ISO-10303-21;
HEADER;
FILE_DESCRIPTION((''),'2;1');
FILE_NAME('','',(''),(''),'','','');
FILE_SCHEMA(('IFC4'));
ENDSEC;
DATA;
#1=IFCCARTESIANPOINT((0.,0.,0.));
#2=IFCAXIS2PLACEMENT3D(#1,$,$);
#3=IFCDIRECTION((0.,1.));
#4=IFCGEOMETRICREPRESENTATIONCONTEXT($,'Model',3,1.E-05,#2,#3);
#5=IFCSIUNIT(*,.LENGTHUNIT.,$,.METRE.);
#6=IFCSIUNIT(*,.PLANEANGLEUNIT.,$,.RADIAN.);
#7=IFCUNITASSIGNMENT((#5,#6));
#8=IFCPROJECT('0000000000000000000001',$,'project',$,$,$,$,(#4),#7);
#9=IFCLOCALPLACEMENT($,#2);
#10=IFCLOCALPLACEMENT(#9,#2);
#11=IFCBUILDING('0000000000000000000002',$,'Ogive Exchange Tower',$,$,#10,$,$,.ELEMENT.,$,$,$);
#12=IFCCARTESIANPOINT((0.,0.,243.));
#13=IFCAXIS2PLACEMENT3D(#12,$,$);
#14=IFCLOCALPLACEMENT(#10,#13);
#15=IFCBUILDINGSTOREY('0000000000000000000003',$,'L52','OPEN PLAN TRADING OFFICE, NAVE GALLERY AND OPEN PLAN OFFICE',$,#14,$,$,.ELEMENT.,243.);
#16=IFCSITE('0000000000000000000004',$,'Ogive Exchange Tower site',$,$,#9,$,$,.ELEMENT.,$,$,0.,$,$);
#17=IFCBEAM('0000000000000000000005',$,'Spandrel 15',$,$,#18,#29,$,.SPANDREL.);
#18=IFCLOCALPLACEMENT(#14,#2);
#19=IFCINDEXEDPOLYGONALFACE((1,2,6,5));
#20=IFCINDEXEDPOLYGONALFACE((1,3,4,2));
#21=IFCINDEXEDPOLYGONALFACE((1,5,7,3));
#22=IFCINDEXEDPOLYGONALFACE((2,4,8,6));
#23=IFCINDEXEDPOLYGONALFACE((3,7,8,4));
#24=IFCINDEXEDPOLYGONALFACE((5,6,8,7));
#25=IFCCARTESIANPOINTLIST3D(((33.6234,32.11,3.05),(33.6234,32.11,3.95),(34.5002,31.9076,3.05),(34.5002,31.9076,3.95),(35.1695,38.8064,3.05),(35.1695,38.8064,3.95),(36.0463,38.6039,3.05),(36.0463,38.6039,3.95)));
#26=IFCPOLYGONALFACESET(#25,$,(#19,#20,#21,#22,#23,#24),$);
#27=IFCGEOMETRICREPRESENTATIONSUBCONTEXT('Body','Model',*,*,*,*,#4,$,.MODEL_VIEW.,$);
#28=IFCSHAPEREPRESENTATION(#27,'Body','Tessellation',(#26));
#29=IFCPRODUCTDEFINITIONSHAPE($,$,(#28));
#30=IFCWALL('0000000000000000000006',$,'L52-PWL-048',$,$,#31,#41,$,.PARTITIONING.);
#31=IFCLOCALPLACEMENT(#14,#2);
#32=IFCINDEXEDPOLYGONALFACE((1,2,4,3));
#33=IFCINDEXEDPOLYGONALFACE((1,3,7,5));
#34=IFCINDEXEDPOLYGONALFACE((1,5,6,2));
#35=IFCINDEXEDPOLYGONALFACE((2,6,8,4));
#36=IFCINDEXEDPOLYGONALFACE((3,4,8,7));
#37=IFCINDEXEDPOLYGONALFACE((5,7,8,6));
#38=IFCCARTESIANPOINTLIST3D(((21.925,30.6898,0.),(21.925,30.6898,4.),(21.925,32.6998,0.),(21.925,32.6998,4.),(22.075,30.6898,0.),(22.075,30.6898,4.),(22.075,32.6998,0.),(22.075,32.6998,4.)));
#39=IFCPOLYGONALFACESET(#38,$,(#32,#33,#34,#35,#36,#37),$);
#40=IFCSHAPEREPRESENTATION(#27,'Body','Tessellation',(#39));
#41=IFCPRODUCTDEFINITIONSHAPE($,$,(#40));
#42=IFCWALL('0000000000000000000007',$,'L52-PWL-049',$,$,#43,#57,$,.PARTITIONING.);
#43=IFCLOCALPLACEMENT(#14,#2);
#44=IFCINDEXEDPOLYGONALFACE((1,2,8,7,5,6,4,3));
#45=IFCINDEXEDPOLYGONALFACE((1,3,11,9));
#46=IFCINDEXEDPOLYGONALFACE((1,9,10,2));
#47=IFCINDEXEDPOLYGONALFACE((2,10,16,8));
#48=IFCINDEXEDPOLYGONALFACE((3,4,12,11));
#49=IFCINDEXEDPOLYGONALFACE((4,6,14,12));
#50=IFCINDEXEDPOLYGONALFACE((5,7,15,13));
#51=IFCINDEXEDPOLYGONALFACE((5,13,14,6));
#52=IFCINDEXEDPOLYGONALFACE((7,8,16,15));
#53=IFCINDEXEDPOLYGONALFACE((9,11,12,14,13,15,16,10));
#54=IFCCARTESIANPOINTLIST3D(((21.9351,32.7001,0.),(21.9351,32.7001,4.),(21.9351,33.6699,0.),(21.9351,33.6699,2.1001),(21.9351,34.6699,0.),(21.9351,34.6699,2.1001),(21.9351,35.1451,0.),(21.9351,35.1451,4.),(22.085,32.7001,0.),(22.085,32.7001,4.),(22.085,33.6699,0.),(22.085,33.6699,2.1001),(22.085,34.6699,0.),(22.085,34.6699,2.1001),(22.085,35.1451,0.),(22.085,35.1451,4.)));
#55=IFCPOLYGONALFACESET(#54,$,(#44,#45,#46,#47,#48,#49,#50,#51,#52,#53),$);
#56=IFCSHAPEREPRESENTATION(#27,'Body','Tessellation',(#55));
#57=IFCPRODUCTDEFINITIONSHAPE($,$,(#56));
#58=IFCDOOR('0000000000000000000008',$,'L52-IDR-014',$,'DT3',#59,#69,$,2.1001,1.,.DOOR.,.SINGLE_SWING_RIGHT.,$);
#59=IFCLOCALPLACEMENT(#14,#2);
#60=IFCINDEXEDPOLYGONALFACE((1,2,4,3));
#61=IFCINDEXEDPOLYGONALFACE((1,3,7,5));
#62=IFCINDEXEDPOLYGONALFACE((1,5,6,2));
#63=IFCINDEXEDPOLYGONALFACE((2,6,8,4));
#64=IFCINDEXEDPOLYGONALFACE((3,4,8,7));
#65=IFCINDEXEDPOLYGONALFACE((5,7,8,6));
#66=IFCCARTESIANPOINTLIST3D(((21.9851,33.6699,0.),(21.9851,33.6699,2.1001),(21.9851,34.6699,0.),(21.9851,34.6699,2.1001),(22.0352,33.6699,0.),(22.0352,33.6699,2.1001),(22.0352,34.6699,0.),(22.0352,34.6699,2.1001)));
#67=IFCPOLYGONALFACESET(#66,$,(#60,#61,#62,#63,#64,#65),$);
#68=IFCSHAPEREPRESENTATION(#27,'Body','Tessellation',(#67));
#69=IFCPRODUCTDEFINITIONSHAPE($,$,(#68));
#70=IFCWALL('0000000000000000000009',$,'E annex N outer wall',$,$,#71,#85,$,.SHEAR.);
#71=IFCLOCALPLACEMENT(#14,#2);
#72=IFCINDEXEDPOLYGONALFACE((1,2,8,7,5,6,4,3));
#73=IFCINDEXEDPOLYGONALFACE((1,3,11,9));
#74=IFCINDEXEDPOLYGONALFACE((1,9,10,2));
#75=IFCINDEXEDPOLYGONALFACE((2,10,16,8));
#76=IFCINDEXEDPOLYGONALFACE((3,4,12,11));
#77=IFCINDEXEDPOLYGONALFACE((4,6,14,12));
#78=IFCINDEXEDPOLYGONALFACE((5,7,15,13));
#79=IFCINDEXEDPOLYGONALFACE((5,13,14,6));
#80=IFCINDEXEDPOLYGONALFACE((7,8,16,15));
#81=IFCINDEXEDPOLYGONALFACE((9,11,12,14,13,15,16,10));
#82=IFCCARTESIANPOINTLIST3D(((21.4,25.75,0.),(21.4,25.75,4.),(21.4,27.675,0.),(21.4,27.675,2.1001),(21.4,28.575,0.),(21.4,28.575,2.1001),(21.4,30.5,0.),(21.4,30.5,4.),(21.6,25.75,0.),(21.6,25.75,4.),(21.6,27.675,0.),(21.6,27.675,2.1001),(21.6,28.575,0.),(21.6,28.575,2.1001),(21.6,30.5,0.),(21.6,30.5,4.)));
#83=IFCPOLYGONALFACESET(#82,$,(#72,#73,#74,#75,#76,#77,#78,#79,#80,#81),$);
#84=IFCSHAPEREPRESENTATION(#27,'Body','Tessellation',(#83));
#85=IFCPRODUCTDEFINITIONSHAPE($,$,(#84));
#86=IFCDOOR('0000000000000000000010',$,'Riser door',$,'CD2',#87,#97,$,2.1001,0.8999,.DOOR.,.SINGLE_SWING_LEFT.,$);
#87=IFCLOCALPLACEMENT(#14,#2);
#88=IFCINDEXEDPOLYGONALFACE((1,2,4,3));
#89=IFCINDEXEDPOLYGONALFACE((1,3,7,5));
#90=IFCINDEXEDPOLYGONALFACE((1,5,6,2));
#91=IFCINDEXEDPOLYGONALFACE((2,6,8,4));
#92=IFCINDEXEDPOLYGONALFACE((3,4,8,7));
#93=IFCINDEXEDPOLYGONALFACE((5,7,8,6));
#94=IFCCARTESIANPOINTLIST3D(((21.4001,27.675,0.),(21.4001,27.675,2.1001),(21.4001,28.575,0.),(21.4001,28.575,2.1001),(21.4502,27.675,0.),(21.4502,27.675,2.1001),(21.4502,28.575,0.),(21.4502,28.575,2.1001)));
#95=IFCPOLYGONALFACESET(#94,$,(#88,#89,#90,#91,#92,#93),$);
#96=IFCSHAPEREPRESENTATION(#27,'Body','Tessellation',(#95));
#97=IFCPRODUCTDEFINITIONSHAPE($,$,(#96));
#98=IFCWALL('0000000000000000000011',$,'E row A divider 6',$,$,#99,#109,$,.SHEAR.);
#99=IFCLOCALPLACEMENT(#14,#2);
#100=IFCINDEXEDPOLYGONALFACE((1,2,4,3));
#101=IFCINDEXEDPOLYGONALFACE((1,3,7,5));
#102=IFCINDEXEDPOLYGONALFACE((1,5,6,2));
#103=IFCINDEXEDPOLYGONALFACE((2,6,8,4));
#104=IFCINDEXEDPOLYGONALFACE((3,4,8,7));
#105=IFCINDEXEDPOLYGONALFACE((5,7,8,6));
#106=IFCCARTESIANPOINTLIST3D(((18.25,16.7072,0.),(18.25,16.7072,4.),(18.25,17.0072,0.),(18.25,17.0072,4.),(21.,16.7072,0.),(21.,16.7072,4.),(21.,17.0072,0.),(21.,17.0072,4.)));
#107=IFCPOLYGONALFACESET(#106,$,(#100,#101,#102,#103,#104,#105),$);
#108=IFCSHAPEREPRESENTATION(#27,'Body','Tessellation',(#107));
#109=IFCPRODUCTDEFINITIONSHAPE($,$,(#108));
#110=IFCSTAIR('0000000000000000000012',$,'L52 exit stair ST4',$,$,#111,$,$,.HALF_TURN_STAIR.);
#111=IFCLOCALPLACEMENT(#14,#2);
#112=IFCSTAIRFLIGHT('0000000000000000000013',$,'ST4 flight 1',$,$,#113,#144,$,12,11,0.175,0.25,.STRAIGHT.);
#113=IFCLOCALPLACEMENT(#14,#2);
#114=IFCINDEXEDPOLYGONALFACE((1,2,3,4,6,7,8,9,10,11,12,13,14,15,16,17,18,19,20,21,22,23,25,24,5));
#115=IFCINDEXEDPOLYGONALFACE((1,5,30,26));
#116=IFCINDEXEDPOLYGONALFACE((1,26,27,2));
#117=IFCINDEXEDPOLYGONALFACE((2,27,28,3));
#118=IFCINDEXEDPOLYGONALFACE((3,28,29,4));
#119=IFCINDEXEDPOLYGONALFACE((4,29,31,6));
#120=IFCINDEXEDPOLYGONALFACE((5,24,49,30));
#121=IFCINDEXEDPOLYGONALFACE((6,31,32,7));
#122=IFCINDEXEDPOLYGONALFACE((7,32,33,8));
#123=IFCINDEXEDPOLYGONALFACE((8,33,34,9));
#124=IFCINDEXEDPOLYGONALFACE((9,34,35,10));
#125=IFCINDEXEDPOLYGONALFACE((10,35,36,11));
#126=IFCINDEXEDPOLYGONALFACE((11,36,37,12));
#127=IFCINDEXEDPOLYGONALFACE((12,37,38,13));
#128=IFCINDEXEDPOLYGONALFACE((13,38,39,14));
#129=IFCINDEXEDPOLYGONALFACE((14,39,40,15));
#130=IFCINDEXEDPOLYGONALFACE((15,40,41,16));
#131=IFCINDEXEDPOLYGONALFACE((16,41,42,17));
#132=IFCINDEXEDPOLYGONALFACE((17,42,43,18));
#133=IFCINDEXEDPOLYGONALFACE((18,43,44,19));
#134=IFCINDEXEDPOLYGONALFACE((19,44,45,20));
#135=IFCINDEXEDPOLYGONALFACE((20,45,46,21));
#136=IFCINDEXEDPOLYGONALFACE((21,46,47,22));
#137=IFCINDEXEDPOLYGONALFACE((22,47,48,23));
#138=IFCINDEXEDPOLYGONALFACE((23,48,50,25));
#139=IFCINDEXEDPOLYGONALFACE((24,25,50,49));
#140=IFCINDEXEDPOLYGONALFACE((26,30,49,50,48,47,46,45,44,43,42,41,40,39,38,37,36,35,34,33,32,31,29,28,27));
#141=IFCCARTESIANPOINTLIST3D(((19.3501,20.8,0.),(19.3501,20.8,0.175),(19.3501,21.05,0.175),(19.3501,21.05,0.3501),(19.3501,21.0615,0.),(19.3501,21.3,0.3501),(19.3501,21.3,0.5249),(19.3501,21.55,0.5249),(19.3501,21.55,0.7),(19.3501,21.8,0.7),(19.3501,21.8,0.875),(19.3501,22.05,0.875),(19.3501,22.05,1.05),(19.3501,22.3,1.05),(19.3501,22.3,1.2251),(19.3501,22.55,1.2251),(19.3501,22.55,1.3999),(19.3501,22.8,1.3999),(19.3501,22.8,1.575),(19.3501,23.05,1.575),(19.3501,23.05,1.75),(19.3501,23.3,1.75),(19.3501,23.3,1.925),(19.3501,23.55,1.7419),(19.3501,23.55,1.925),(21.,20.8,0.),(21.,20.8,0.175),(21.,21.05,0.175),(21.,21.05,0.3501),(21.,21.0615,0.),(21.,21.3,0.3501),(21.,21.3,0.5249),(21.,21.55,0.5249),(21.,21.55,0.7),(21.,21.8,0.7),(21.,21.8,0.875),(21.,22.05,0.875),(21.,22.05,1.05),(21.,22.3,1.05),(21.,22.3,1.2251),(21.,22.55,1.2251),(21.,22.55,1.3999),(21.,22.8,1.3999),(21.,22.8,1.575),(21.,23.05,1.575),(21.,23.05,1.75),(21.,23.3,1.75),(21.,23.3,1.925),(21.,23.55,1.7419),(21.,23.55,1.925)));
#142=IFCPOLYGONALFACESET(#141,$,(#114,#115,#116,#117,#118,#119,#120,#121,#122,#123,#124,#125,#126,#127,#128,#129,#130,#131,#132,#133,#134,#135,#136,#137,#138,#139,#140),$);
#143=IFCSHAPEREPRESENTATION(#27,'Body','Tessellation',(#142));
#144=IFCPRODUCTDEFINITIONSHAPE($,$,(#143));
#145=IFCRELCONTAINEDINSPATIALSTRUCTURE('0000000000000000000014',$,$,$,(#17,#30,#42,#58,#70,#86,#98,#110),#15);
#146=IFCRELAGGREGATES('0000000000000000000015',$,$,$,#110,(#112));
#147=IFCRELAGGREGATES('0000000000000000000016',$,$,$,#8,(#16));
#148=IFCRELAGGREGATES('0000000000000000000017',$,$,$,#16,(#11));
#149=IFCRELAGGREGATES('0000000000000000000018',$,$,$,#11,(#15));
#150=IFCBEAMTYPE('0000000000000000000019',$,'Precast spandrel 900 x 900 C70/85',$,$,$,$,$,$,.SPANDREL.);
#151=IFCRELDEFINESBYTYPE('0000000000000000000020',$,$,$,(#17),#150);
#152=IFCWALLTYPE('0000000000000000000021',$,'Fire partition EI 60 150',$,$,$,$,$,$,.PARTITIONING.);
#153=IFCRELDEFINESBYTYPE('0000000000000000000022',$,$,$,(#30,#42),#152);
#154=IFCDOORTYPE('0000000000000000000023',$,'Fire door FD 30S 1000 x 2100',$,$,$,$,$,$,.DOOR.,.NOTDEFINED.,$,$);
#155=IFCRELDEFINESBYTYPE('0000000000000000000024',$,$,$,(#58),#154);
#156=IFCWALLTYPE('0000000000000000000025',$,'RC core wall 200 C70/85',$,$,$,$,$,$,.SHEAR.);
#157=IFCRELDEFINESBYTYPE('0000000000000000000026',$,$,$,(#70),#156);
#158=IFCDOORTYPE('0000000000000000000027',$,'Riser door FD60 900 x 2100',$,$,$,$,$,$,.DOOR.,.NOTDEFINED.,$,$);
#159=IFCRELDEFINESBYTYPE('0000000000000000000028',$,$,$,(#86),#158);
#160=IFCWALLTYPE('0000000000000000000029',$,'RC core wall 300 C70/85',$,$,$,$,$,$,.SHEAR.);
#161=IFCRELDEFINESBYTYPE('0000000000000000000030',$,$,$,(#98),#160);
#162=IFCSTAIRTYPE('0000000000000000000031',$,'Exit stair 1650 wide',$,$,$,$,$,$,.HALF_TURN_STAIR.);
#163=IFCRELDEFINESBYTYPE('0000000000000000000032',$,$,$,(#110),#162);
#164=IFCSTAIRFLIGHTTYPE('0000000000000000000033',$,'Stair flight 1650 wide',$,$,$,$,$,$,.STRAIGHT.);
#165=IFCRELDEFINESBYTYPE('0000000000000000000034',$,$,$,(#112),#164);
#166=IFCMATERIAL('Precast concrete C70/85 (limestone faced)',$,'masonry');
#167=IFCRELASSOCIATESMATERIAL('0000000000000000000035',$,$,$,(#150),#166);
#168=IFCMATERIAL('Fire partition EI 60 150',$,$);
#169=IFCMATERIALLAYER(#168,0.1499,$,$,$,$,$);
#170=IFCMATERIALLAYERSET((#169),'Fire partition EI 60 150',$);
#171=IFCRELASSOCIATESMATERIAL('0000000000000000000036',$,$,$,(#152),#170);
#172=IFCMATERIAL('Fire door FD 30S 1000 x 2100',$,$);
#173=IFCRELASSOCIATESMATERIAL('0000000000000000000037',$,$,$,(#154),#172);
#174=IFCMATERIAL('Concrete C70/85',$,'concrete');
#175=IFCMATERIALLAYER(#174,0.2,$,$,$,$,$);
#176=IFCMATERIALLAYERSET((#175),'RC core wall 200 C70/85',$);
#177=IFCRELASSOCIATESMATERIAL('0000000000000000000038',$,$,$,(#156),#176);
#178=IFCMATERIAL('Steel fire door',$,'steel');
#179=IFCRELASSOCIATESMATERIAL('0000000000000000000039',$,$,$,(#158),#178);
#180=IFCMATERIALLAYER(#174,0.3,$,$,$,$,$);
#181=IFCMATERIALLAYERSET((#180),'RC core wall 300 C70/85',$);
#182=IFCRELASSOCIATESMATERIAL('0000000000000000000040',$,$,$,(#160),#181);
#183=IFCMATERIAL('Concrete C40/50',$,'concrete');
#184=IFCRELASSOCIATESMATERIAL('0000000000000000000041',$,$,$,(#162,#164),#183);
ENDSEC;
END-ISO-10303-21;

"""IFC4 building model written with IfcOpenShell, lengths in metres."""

from ifc_helpers import new_model, si_unit, direction, frame, frame_2d, origin, origin_2d, place, context, subcontext, project, spatial, polyline, rectangle, outline, extrude, material, layer, layer_set, material_profile, profile_set, type_object, element, fill, aggregate, save


model = new_model("IFC4")

# Units and contexts
model_context = context("Model", 3, precision=1e-05, world=origin(), true_north=direction((0.0, 1.0)))
body_context = subcontext(model_context, "Body", "Model", "MODEL_VIEW")
ifc_project = project(units=[si_unit("LENGTHUNIT", "METRE"), si_unit("PLANEANGLEUNIT", "RADIAN")], contexts=[model_context])

# Site, building, storey
site_placement = place(None, origin())
site = spatial("IfcSite", under=ifc_project, at=site_placement, Name="Ogive Exchange Tower site", CompositionType="ELEMENT", RefElevation=0.0)
building_placement = place(site_placement, origin())
building = spatial("IfcBuilding", under=site, at=building_placement, Name="Ogive Exchange Tower", CompositionType="ELEMENT")
storey_placement = place(building_placement, frame((0.0, 0.0, 243.0)))
storey = spatial("IfcBuildingStorey", under=building, at=storey_placement, Name="L52", Description="OPEN PLAN TRADING OFFICE, NAVE GALLERY AND OPEN PLAN OFFICE", CompositionType="ELEMENT", Elevation=243.0)

# Shared definitions
ifc_material_1 = material(Name="Precast concrete C70/85 (limestone faced)", Category="masonry")

# Beam
ifc_material_profile_1 = material_profile(ifc_material_1, rectangle(XDim=0.8999, YDim=0.8999, at=origin_2d()), Name="900 x 900")
ifc_profile_set_1 = profile_set([ifc_material_profile_1], Name="Precast concrete C70/85 (limestone faced)")
beam_type_1 = type_object("IfcBeamType", Name="Precast spandrel 900 x 900 C70/85", PredefinedType="SPANDREL", material=ifc_profile_set_1)
beam_1_placement = place(storey_placement, frame((34.0618, 32.0088, 3.5), z_axis=(0.224976, 0.974364, 0.0), x_axis=(-0.974364, 0.224976, 0.0)))
element("IfcBeam", 1, at=beam_1_placement, inside=storey, type_object=beam_type_1, Name="Spandrel 15", PredefinedType="SPANDREL", context=body_context, shape_type="SweptSolid", body=[
    extrude(rectangle(XDim=0.8999, YDim=0.8999, at=origin_2d()), origin(), (0.0, 0.0, 1.0), 6.8726),
])

# Wall
ifc_material_2 = material(Name="Fire partition EI 60 150")
ifc_layer_1 = layer(ifc_material_2, 0.1499)
ifc_layer_set_1 = layer_set([ifc_layer_1], Name="Fire partition EI 60 150")
wall_type_1 = type_object("IfcWallType", Name="Fire partition EI 60 150", PredefinedType="PARTITIONING", material=ifc_layer_set_1)
wall_1_placement = place(storey_placement, frame((22.0, 30.6899, 0.0), z_axis=(0.0, 0.0, 1.0), x_axis=(0.0, 1.0, 0.0)))
element("IfcWall", 2, at=wall_1_placement, inside=storey, type_object=wall_type_1, Name="L52-PWL-048", PredefinedType="PARTITIONING", context=body_context, shape_type="SweptSolid", body=[
    extrude(rectangle(XDim=2.01, YDim=0.1499, at=frame_2d((1.0049, 0.0))), origin(), (0.0, 0.0, 1.0), 4.0),
])

# Walls, openings, doors
wall_2_placement = place(storey_placement, frame((22.01, 32.7, 0.0), z_axis=(0.0, 0.0, 1.0), x_axis=(0.0, 1.0, 0.0)))
wall_2 = element("IfcWall", 3, at=wall_2_placement, inside=storey, type_object=wall_type_1, Name="L52-PWL-049", PredefinedType="PARTITIONING", context=body_context, shape_type="SweptSolid", body=[
    extrude(rectangle(XDim=2.4451, YDim=0.1499, at=frame_2d((1.2227, 0.0))), origin(), (0.0, 0.0, 1.0), 4.0),
])
opening_1_placement = place(wall_2_placement, frame((0.97, 0.0, 0.0)))
opening_1 = element("IfcOpeningElement", 4, at=opening_1_placement, cuts=wall_2, PredefinedType="OPENING", context=body_context, shape_type="SweptSolid", body=[
    extrude(rectangle(XDim=1.0, YDim=2.1001, at=frame_2d((0.5, 1.05))), frame((0.0, 0.085, 0.0), z_axis=(0.0, -1.0, 0.0), x_axis=(1.0, 0.0, 0.0)), (0.0, 0.0, 1.0), 0.1699),
])
ifc_material_3 = material(Name="Fire door FD 30S 1000 x 2100")
door_type_1 = type_object("IfcDoorType", Name="Fire door FD 30S 1000 x 2100", OperationType="NOTDEFINED", PredefinedType="DOOR", material=ifc_material_3)
door_1_placement = place(opening_1_placement, origin())
door_1 = element("IfcDoor", 5, at=door_1_placement, inside=storey, type_object=door_type_1, Name="L52-IDR-014", ObjectType="DT3", OperationType="SINGLE_SWING_RIGHT", OverallHeight=2.1001, OverallWidth=1.0, PredefinedType="DOOR", context=body_context, shape_type="SweptSolid", body=[
    extrude(rectangle(XDim=1.0, YDim=2.1001, at=frame_2d((0.5, 1.05))), frame((0.0, 0.0249, 0.0), z_axis=(0.0, -1.0, 0.0), x_axis=(1.0, 0.0, 0.0)), (0.0, 0.0, 1.0), 0.05),
])
fill(opening_1, door_1)
ifc_material_4 = material(Name="Concrete C70/85", Category="concrete")
ifc_layer_2 = layer(ifc_material_4, 0.2)
ifc_layer_set_2 = layer_set([ifc_layer_2], Name="RC core wall 200 C70/85")
wall_type_2 = type_object("IfcWallType", Name="RC core wall 200 C70/85", PredefinedType="SHEAR", material=ifc_layer_set_2)
wall_3_placement = place(storey_placement, frame((21.5, 25.75, 0.0), z_axis=(0.0, 0.0, 1.0), x_axis=(0.0, 1.0, 0.0)))
wall_3 = element("IfcWall", 6, at=wall_3_placement, inside=storey, type_object=wall_type_2, Name="E annex N outer wall", PredefinedType="SHEAR", context=body_context, shape_type="SweptSolid", body=[
    extrude(rectangle(XDim=4.75, YDim=0.2, at=frame_2d((2.375, 0.0))), origin(), (0.0, 0.0, 1.0), 4.0),
])
opening_2_placement = place(wall_3_placement, frame((1.925, 0.0, 0.0)))
opening_2 = element("IfcOpeningElement", 7, at=opening_2_placement, cuts=wall_3, PredefinedType="OPENING", context=body_context, shape_type="SweptSolid", body=[
    extrude(rectangle(XDim=0.8999, YDim=2.1001, at=frame_2d((0.45, 1.05))), frame((0.0, 0.1099, 0.0), z_axis=(0.0, -1.0, 0.0), x_axis=(1.0, 0.0, 0.0)), (0.0, 0.0, 1.0), 0.22),
])
ifc_material_5 = material(Name="Steel fire door", Category="steel")
door_type_2 = type_object("IfcDoorType", Name="Riser door FD60 900 x 2100", OperationType="NOTDEFINED", PredefinedType="DOOR", material=ifc_material_5)
door_2_placement = place(opening_2_placement, frame((0.8999, 0.1499, 0.0), z_axis=(0.0, 0.0, 1.0), x_axis=(-1.0, 0.0, 0.0)))
door_2 = element("IfcDoor", 8, at=door_2_placement, inside=storey, type_object=door_type_2, Name="Riser door", ObjectType="CD2", OperationType="SINGLE_SWING_LEFT", OverallHeight=2.1001, OverallWidth=0.8999, PredefinedType="DOOR", context=body_context, shape_type="SweptSolid", body=[
    extrude(rectangle(XDim=0.8999, YDim=2.1001, at=frame_2d((0.45, 1.05))), frame((0.0, 0.1001, 0.0), z_axis=(0.0, -1.0, 0.0), x_axis=(1.0, 0.0, 0.0)), (0.0, 0.0, 1.0), 0.05),
])
fill(opening_2, door_2)

# Wall
ifc_layer_3 = layer(ifc_material_4, 0.3)
ifc_layer_set_3 = layer_set([ifc_layer_3], Name="RC core wall 300 C70/85")
wall_type_3 = type_object("IfcWallType", Name="RC core wall 300 C70/85", PredefinedType="SHEAR", material=ifc_layer_set_3)
wall_4_placement = place(storey_placement, frame((18.25, 16.8572, 0.0), z_axis=(0.0, 0.0, 1.0), x_axis=(1.0, 0.0, 0.0)))
element("IfcWall", 9, at=wall_4_placement, inside=storey, type_object=wall_type_3, Name="E row A divider 6", PredefinedType="SHEAR", context=body_context, shape_type="SweptSolid", body=[
    extrude(rectangle(XDim=2.75, YDim=0.3, at=frame_2d((1.375, 0.0))), origin(), (0.0, 0.0, 1.0), 4.0),
])

# Stair, stair flight
ifc_material_6 = material(Name="Concrete C40/50", Category="concrete")
stair_type = type_object("IfcStairType", Name="Exit stair 1650 wide", PredefinedType="HALF_TURN_STAIR", material=ifc_material_6)
stair_placement = place(storey_placement, origin())
stair = element("IfcStair", 10, at=stair_placement, inside=storey, type_object=stair_type, Name="L52 exit stair ST4", PredefinedType="HALF_TURN_STAIR")
stair_flight_type = type_object("IfcStairFlightType", Name="Stair flight 1650 wide", PredefinedType="STRAIGHT", material=ifc_material_6)
stair_flight_1_placement = place(storey_placement, frame((20.175, 20.8, 0.0), z_axis=(0.0, 0.0, 1.0), x_axis=(0.0, 1.0, 0.0)))
stair_flight_1 = element("IfcStairFlight", 11, at=stair_flight_1_placement, type_object=stair_flight_type, Name="ST4 flight 1", NumberOfRisers=12, NumberOfTreads=11, PredefinedType="STRAIGHT", RiserHeight=0.175, TreadLength=0.25, context=body_context, shape_type="SweptSolid", body=[
    extrude(outline(polyline([(0.0, 0.0), (0.0, 0.175), (0.25, 0.175), (0.25, 0.3501), (0.5, 0.3501), (0.5, 0.5249), (0.75, 0.5249), (0.75, 0.7), (1.0, 0.7), (1.0, 0.875), (1.25, 0.875), (1.25, 1.05), (1.5, 1.05), (1.5, 1.2251), (1.75, 1.2251), (1.75, 1.3999), (2.0, 1.3999), (2.0, 1.575), (2.25, 1.575), (2.25, 1.75), (2.5, 1.75), (2.5, 1.925), (2.75, 1.925), (2.75, 2.1001), (2.75, 1.7419), (0.2615, 0.0), (0.0, 0.0)])), frame((0.0, 0.825, 0.0), z_axis=(0.0, -1.0, 0.0), x_axis=(1.0, 0.0, 0.0)), (0.0, 0.0, 1.0), 1.6499),
])
aggregate(stair, [stair_flight_1])

save(model, "model.ifc")
